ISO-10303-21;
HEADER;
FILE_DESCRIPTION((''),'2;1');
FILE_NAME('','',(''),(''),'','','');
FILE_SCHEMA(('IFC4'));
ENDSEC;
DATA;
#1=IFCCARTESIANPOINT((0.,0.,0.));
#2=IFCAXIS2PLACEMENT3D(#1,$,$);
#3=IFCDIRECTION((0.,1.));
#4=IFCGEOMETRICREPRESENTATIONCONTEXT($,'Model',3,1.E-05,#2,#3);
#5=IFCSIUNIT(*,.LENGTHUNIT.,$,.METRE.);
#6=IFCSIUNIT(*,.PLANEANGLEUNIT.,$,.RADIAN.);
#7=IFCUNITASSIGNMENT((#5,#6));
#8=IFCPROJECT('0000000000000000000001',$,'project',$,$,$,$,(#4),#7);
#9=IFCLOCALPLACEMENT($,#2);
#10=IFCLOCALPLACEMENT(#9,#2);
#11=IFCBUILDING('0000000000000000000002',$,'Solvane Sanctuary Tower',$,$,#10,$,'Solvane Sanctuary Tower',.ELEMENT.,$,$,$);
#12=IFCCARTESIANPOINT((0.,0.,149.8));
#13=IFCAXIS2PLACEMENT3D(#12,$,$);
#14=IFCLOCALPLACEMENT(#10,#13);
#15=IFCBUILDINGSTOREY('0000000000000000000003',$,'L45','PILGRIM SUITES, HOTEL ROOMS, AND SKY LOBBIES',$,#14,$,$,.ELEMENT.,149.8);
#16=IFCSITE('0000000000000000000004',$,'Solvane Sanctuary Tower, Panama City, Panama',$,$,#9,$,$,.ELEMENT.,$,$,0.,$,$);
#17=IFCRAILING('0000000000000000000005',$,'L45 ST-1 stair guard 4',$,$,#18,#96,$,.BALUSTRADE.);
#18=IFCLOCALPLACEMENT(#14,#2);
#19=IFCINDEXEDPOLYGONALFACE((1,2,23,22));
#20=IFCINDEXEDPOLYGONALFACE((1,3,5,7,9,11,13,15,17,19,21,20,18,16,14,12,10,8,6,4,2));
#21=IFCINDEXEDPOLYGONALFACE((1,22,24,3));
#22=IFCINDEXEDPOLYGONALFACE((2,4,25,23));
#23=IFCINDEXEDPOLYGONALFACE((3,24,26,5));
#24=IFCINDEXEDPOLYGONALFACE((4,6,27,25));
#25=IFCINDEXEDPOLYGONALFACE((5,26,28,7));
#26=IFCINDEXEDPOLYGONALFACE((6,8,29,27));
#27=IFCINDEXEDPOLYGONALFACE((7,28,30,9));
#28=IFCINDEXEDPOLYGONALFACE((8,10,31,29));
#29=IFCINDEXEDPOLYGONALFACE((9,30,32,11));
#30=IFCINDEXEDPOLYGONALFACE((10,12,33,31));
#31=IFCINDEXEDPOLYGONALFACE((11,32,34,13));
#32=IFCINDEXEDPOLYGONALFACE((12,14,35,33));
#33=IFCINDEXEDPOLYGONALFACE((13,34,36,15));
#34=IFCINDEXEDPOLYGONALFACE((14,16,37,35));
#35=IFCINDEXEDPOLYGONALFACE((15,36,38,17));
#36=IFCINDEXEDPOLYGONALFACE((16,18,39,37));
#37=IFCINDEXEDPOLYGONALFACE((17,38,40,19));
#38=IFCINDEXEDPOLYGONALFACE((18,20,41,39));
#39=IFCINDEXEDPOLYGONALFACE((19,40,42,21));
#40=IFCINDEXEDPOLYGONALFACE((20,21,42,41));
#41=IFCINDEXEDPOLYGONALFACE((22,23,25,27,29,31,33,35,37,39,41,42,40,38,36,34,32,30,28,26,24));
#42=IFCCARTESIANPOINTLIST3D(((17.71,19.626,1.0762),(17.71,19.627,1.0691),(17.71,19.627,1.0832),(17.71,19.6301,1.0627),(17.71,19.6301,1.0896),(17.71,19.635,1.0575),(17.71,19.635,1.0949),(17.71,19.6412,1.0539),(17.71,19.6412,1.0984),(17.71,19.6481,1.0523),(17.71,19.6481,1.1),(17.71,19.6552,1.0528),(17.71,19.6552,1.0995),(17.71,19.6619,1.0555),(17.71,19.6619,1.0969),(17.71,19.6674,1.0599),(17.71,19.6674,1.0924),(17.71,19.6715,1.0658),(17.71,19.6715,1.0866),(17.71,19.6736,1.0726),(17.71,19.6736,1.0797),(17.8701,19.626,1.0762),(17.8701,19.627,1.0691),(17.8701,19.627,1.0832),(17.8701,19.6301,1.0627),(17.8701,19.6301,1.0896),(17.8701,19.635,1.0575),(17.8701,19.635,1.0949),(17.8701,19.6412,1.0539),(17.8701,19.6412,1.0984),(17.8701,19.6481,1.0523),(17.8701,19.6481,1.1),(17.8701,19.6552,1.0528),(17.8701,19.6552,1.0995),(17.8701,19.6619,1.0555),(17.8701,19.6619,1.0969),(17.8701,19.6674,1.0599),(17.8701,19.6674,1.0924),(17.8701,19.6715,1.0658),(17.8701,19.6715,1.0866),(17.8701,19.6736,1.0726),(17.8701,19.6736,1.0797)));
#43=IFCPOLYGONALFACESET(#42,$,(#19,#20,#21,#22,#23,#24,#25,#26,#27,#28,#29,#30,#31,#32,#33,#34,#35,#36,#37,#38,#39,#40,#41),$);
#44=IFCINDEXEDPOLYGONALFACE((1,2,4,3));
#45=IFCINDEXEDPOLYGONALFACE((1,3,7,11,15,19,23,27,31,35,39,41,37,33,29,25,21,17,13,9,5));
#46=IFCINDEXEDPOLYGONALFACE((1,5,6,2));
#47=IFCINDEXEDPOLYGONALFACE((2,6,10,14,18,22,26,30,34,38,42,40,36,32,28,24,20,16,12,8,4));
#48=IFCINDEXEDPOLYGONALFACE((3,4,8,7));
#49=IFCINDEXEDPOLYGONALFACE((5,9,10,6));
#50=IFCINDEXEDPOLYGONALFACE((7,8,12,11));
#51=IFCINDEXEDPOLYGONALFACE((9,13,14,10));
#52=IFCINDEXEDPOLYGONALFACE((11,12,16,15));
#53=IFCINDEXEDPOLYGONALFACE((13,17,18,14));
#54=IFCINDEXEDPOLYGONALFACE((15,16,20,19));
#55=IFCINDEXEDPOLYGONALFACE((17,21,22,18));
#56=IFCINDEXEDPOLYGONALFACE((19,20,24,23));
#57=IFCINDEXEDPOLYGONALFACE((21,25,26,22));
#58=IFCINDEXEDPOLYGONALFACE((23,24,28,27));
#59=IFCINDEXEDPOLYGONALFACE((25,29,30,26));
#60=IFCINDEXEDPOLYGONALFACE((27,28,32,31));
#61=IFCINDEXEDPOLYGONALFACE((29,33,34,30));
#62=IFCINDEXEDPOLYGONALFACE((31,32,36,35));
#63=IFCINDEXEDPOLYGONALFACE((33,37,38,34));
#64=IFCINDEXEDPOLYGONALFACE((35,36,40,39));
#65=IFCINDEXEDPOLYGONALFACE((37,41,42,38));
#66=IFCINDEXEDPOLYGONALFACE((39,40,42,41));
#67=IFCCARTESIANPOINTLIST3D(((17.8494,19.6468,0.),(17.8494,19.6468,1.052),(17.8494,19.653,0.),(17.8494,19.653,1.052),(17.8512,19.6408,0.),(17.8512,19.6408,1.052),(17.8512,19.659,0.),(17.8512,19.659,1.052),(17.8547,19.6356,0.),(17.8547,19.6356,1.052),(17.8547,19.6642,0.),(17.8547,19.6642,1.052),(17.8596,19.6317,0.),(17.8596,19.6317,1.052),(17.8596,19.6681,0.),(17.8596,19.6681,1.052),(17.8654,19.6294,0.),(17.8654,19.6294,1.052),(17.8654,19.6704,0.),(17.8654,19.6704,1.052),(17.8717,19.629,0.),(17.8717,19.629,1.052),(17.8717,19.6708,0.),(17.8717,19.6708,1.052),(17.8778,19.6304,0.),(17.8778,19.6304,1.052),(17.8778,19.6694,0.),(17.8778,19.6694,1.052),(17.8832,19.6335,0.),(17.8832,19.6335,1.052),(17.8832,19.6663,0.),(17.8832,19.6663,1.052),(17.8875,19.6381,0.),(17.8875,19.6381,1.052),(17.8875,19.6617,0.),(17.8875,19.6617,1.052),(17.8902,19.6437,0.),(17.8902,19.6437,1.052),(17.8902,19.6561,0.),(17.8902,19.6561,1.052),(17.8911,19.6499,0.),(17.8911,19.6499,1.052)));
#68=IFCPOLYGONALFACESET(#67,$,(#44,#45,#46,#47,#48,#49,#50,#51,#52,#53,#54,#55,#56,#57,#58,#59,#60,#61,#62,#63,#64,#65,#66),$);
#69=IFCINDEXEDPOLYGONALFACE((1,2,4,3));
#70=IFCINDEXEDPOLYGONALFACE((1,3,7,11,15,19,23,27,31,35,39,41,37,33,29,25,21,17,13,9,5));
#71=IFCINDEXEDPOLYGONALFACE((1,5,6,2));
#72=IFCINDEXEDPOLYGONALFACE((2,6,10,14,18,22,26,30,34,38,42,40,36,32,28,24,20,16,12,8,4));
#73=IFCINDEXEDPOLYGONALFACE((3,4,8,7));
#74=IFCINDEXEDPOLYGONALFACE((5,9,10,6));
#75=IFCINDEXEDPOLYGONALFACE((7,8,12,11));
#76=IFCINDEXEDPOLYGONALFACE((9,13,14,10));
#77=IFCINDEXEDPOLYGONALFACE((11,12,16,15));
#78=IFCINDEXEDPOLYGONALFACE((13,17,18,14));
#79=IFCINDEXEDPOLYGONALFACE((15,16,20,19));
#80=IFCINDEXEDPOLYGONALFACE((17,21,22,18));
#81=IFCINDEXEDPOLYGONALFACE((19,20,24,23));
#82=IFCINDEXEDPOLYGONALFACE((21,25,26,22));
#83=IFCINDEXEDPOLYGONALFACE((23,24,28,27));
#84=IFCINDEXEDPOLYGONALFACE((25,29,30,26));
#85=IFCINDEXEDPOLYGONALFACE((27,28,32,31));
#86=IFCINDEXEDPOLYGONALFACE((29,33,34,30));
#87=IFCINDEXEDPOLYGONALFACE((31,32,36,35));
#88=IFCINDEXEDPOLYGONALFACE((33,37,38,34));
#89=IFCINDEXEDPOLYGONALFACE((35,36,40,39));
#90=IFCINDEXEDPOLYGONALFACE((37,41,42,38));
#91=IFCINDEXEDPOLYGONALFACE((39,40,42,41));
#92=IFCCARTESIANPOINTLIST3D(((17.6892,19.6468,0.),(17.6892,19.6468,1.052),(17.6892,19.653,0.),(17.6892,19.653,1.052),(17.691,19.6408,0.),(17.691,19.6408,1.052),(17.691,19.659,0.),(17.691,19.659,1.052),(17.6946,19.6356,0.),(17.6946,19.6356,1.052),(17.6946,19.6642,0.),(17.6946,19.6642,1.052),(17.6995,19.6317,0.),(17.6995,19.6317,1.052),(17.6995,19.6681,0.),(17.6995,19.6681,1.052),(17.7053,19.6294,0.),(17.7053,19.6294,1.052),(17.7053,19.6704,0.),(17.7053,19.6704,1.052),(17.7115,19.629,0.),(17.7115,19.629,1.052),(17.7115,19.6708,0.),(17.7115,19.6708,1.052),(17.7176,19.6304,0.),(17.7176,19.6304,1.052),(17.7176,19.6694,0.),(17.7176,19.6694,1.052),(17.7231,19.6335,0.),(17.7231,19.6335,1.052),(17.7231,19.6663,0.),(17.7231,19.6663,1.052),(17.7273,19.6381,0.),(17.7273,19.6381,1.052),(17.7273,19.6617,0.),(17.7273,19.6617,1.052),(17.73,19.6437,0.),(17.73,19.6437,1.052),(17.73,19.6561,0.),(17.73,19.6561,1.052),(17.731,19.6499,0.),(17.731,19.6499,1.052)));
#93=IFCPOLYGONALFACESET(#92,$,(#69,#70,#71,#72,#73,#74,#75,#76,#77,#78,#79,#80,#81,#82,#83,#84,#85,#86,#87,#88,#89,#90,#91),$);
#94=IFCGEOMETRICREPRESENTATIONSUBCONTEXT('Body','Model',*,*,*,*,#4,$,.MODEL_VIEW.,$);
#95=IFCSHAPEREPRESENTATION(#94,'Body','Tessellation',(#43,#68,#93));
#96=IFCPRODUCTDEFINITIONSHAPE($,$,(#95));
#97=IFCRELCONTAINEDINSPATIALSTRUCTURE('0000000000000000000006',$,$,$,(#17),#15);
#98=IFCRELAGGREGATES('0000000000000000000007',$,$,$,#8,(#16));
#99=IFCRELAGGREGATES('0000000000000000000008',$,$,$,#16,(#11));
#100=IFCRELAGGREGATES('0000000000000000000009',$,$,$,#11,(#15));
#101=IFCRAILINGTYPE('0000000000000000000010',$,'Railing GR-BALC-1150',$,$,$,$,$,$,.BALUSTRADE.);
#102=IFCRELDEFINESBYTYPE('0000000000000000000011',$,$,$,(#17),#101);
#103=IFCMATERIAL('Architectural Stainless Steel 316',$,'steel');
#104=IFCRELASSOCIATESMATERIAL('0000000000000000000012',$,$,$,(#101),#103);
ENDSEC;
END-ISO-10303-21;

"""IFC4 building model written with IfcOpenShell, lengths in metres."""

from ifc_helpers import new_model, si_unit, direction, frame, origin, origin_2d, place, context, subcontext, project, spatial, circle, extrude, material, type_object, element, save


model = new_model("IFC4")

# Units and contexts
model_context = context("Model", 3, precision=1e-05, world=origin(), true_north=direction((0.0, 1.0)))
body_context = subcontext(model_context, "Body", "Model", "MODEL_VIEW")
ifc_project = project(units=[si_unit("LENGTHUNIT", "METRE"), si_unit("PLANEANGLEUNIT", "RADIAN")], contexts=[model_context])

# Site, building, storey
site_placement = place(None, origin())
site = spatial("IfcSite", under=ifc_project, at=site_placement, Name="Solvane Sanctuary Tower, Panama City, Panama", CompositionType="ELEMENT", RefElevation=0.0)
building_placement = place(site_placement, origin())
building = spatial("IfcBuilding", under=site, at=building_placement, Name="Solvane Sanctuary Tower", LongName="Solvane Sanctuary Tower", CompositionType="ELEMENT")
storey_placement = place(building_placement, frame((0.0, 0.0, 149.8)))
storey = spatial("IfcBuildingStorey", under=building, at=storey_placement, Name="L45", Description="PILGRIM SUITES, HOTEL ROOMS, AND SKY LOBBIES", CompositionType="ELEMENT", Elevation=149.8)

# Shared definitions
ifc_material_1 = material(Name="Architectural Stainless Steel 316", Category="steel")

# Railing
railing_type_1 = type_object("IfcRailingType", Name="Railing GR-BALC-1150", PredefinedType="BALUSTRADE", material=ifc_material_1)
railing_1_placement = place(storey_placement, frame((17.8701, 19.6499, 0.0)))
element("IfcRailing", 1, at=railing_1_placement, inside=storey, type_object=railing_type_1, Name="L45 ST-1 stair guard 4", PredefinedType="BALUSTRADE", context=body_context, shape_type="SweptSolid", body=[
    extrude(circle(Radius=0.0239, at=origin_2d()), frame((0.0, 0.0, 1.0762), z_axis=(-1.0, 0.0, 0.0), x_axis=(0.0, -1.0, 0.0)), (0.0, 0.0, 1.0), 0.1602),
    extrude(circle(Radius=0.021, at=origin_2d()), origin(), (0.0, 0.0, 1.0), 1.052),
    extrude(circle(Radius=0.021, at=origin_2d()), frame((-0.1602, 0.0, 0.0)), (0.0, 0.0, 1.0), 1.052),
])

save(model, "model.ifc")
